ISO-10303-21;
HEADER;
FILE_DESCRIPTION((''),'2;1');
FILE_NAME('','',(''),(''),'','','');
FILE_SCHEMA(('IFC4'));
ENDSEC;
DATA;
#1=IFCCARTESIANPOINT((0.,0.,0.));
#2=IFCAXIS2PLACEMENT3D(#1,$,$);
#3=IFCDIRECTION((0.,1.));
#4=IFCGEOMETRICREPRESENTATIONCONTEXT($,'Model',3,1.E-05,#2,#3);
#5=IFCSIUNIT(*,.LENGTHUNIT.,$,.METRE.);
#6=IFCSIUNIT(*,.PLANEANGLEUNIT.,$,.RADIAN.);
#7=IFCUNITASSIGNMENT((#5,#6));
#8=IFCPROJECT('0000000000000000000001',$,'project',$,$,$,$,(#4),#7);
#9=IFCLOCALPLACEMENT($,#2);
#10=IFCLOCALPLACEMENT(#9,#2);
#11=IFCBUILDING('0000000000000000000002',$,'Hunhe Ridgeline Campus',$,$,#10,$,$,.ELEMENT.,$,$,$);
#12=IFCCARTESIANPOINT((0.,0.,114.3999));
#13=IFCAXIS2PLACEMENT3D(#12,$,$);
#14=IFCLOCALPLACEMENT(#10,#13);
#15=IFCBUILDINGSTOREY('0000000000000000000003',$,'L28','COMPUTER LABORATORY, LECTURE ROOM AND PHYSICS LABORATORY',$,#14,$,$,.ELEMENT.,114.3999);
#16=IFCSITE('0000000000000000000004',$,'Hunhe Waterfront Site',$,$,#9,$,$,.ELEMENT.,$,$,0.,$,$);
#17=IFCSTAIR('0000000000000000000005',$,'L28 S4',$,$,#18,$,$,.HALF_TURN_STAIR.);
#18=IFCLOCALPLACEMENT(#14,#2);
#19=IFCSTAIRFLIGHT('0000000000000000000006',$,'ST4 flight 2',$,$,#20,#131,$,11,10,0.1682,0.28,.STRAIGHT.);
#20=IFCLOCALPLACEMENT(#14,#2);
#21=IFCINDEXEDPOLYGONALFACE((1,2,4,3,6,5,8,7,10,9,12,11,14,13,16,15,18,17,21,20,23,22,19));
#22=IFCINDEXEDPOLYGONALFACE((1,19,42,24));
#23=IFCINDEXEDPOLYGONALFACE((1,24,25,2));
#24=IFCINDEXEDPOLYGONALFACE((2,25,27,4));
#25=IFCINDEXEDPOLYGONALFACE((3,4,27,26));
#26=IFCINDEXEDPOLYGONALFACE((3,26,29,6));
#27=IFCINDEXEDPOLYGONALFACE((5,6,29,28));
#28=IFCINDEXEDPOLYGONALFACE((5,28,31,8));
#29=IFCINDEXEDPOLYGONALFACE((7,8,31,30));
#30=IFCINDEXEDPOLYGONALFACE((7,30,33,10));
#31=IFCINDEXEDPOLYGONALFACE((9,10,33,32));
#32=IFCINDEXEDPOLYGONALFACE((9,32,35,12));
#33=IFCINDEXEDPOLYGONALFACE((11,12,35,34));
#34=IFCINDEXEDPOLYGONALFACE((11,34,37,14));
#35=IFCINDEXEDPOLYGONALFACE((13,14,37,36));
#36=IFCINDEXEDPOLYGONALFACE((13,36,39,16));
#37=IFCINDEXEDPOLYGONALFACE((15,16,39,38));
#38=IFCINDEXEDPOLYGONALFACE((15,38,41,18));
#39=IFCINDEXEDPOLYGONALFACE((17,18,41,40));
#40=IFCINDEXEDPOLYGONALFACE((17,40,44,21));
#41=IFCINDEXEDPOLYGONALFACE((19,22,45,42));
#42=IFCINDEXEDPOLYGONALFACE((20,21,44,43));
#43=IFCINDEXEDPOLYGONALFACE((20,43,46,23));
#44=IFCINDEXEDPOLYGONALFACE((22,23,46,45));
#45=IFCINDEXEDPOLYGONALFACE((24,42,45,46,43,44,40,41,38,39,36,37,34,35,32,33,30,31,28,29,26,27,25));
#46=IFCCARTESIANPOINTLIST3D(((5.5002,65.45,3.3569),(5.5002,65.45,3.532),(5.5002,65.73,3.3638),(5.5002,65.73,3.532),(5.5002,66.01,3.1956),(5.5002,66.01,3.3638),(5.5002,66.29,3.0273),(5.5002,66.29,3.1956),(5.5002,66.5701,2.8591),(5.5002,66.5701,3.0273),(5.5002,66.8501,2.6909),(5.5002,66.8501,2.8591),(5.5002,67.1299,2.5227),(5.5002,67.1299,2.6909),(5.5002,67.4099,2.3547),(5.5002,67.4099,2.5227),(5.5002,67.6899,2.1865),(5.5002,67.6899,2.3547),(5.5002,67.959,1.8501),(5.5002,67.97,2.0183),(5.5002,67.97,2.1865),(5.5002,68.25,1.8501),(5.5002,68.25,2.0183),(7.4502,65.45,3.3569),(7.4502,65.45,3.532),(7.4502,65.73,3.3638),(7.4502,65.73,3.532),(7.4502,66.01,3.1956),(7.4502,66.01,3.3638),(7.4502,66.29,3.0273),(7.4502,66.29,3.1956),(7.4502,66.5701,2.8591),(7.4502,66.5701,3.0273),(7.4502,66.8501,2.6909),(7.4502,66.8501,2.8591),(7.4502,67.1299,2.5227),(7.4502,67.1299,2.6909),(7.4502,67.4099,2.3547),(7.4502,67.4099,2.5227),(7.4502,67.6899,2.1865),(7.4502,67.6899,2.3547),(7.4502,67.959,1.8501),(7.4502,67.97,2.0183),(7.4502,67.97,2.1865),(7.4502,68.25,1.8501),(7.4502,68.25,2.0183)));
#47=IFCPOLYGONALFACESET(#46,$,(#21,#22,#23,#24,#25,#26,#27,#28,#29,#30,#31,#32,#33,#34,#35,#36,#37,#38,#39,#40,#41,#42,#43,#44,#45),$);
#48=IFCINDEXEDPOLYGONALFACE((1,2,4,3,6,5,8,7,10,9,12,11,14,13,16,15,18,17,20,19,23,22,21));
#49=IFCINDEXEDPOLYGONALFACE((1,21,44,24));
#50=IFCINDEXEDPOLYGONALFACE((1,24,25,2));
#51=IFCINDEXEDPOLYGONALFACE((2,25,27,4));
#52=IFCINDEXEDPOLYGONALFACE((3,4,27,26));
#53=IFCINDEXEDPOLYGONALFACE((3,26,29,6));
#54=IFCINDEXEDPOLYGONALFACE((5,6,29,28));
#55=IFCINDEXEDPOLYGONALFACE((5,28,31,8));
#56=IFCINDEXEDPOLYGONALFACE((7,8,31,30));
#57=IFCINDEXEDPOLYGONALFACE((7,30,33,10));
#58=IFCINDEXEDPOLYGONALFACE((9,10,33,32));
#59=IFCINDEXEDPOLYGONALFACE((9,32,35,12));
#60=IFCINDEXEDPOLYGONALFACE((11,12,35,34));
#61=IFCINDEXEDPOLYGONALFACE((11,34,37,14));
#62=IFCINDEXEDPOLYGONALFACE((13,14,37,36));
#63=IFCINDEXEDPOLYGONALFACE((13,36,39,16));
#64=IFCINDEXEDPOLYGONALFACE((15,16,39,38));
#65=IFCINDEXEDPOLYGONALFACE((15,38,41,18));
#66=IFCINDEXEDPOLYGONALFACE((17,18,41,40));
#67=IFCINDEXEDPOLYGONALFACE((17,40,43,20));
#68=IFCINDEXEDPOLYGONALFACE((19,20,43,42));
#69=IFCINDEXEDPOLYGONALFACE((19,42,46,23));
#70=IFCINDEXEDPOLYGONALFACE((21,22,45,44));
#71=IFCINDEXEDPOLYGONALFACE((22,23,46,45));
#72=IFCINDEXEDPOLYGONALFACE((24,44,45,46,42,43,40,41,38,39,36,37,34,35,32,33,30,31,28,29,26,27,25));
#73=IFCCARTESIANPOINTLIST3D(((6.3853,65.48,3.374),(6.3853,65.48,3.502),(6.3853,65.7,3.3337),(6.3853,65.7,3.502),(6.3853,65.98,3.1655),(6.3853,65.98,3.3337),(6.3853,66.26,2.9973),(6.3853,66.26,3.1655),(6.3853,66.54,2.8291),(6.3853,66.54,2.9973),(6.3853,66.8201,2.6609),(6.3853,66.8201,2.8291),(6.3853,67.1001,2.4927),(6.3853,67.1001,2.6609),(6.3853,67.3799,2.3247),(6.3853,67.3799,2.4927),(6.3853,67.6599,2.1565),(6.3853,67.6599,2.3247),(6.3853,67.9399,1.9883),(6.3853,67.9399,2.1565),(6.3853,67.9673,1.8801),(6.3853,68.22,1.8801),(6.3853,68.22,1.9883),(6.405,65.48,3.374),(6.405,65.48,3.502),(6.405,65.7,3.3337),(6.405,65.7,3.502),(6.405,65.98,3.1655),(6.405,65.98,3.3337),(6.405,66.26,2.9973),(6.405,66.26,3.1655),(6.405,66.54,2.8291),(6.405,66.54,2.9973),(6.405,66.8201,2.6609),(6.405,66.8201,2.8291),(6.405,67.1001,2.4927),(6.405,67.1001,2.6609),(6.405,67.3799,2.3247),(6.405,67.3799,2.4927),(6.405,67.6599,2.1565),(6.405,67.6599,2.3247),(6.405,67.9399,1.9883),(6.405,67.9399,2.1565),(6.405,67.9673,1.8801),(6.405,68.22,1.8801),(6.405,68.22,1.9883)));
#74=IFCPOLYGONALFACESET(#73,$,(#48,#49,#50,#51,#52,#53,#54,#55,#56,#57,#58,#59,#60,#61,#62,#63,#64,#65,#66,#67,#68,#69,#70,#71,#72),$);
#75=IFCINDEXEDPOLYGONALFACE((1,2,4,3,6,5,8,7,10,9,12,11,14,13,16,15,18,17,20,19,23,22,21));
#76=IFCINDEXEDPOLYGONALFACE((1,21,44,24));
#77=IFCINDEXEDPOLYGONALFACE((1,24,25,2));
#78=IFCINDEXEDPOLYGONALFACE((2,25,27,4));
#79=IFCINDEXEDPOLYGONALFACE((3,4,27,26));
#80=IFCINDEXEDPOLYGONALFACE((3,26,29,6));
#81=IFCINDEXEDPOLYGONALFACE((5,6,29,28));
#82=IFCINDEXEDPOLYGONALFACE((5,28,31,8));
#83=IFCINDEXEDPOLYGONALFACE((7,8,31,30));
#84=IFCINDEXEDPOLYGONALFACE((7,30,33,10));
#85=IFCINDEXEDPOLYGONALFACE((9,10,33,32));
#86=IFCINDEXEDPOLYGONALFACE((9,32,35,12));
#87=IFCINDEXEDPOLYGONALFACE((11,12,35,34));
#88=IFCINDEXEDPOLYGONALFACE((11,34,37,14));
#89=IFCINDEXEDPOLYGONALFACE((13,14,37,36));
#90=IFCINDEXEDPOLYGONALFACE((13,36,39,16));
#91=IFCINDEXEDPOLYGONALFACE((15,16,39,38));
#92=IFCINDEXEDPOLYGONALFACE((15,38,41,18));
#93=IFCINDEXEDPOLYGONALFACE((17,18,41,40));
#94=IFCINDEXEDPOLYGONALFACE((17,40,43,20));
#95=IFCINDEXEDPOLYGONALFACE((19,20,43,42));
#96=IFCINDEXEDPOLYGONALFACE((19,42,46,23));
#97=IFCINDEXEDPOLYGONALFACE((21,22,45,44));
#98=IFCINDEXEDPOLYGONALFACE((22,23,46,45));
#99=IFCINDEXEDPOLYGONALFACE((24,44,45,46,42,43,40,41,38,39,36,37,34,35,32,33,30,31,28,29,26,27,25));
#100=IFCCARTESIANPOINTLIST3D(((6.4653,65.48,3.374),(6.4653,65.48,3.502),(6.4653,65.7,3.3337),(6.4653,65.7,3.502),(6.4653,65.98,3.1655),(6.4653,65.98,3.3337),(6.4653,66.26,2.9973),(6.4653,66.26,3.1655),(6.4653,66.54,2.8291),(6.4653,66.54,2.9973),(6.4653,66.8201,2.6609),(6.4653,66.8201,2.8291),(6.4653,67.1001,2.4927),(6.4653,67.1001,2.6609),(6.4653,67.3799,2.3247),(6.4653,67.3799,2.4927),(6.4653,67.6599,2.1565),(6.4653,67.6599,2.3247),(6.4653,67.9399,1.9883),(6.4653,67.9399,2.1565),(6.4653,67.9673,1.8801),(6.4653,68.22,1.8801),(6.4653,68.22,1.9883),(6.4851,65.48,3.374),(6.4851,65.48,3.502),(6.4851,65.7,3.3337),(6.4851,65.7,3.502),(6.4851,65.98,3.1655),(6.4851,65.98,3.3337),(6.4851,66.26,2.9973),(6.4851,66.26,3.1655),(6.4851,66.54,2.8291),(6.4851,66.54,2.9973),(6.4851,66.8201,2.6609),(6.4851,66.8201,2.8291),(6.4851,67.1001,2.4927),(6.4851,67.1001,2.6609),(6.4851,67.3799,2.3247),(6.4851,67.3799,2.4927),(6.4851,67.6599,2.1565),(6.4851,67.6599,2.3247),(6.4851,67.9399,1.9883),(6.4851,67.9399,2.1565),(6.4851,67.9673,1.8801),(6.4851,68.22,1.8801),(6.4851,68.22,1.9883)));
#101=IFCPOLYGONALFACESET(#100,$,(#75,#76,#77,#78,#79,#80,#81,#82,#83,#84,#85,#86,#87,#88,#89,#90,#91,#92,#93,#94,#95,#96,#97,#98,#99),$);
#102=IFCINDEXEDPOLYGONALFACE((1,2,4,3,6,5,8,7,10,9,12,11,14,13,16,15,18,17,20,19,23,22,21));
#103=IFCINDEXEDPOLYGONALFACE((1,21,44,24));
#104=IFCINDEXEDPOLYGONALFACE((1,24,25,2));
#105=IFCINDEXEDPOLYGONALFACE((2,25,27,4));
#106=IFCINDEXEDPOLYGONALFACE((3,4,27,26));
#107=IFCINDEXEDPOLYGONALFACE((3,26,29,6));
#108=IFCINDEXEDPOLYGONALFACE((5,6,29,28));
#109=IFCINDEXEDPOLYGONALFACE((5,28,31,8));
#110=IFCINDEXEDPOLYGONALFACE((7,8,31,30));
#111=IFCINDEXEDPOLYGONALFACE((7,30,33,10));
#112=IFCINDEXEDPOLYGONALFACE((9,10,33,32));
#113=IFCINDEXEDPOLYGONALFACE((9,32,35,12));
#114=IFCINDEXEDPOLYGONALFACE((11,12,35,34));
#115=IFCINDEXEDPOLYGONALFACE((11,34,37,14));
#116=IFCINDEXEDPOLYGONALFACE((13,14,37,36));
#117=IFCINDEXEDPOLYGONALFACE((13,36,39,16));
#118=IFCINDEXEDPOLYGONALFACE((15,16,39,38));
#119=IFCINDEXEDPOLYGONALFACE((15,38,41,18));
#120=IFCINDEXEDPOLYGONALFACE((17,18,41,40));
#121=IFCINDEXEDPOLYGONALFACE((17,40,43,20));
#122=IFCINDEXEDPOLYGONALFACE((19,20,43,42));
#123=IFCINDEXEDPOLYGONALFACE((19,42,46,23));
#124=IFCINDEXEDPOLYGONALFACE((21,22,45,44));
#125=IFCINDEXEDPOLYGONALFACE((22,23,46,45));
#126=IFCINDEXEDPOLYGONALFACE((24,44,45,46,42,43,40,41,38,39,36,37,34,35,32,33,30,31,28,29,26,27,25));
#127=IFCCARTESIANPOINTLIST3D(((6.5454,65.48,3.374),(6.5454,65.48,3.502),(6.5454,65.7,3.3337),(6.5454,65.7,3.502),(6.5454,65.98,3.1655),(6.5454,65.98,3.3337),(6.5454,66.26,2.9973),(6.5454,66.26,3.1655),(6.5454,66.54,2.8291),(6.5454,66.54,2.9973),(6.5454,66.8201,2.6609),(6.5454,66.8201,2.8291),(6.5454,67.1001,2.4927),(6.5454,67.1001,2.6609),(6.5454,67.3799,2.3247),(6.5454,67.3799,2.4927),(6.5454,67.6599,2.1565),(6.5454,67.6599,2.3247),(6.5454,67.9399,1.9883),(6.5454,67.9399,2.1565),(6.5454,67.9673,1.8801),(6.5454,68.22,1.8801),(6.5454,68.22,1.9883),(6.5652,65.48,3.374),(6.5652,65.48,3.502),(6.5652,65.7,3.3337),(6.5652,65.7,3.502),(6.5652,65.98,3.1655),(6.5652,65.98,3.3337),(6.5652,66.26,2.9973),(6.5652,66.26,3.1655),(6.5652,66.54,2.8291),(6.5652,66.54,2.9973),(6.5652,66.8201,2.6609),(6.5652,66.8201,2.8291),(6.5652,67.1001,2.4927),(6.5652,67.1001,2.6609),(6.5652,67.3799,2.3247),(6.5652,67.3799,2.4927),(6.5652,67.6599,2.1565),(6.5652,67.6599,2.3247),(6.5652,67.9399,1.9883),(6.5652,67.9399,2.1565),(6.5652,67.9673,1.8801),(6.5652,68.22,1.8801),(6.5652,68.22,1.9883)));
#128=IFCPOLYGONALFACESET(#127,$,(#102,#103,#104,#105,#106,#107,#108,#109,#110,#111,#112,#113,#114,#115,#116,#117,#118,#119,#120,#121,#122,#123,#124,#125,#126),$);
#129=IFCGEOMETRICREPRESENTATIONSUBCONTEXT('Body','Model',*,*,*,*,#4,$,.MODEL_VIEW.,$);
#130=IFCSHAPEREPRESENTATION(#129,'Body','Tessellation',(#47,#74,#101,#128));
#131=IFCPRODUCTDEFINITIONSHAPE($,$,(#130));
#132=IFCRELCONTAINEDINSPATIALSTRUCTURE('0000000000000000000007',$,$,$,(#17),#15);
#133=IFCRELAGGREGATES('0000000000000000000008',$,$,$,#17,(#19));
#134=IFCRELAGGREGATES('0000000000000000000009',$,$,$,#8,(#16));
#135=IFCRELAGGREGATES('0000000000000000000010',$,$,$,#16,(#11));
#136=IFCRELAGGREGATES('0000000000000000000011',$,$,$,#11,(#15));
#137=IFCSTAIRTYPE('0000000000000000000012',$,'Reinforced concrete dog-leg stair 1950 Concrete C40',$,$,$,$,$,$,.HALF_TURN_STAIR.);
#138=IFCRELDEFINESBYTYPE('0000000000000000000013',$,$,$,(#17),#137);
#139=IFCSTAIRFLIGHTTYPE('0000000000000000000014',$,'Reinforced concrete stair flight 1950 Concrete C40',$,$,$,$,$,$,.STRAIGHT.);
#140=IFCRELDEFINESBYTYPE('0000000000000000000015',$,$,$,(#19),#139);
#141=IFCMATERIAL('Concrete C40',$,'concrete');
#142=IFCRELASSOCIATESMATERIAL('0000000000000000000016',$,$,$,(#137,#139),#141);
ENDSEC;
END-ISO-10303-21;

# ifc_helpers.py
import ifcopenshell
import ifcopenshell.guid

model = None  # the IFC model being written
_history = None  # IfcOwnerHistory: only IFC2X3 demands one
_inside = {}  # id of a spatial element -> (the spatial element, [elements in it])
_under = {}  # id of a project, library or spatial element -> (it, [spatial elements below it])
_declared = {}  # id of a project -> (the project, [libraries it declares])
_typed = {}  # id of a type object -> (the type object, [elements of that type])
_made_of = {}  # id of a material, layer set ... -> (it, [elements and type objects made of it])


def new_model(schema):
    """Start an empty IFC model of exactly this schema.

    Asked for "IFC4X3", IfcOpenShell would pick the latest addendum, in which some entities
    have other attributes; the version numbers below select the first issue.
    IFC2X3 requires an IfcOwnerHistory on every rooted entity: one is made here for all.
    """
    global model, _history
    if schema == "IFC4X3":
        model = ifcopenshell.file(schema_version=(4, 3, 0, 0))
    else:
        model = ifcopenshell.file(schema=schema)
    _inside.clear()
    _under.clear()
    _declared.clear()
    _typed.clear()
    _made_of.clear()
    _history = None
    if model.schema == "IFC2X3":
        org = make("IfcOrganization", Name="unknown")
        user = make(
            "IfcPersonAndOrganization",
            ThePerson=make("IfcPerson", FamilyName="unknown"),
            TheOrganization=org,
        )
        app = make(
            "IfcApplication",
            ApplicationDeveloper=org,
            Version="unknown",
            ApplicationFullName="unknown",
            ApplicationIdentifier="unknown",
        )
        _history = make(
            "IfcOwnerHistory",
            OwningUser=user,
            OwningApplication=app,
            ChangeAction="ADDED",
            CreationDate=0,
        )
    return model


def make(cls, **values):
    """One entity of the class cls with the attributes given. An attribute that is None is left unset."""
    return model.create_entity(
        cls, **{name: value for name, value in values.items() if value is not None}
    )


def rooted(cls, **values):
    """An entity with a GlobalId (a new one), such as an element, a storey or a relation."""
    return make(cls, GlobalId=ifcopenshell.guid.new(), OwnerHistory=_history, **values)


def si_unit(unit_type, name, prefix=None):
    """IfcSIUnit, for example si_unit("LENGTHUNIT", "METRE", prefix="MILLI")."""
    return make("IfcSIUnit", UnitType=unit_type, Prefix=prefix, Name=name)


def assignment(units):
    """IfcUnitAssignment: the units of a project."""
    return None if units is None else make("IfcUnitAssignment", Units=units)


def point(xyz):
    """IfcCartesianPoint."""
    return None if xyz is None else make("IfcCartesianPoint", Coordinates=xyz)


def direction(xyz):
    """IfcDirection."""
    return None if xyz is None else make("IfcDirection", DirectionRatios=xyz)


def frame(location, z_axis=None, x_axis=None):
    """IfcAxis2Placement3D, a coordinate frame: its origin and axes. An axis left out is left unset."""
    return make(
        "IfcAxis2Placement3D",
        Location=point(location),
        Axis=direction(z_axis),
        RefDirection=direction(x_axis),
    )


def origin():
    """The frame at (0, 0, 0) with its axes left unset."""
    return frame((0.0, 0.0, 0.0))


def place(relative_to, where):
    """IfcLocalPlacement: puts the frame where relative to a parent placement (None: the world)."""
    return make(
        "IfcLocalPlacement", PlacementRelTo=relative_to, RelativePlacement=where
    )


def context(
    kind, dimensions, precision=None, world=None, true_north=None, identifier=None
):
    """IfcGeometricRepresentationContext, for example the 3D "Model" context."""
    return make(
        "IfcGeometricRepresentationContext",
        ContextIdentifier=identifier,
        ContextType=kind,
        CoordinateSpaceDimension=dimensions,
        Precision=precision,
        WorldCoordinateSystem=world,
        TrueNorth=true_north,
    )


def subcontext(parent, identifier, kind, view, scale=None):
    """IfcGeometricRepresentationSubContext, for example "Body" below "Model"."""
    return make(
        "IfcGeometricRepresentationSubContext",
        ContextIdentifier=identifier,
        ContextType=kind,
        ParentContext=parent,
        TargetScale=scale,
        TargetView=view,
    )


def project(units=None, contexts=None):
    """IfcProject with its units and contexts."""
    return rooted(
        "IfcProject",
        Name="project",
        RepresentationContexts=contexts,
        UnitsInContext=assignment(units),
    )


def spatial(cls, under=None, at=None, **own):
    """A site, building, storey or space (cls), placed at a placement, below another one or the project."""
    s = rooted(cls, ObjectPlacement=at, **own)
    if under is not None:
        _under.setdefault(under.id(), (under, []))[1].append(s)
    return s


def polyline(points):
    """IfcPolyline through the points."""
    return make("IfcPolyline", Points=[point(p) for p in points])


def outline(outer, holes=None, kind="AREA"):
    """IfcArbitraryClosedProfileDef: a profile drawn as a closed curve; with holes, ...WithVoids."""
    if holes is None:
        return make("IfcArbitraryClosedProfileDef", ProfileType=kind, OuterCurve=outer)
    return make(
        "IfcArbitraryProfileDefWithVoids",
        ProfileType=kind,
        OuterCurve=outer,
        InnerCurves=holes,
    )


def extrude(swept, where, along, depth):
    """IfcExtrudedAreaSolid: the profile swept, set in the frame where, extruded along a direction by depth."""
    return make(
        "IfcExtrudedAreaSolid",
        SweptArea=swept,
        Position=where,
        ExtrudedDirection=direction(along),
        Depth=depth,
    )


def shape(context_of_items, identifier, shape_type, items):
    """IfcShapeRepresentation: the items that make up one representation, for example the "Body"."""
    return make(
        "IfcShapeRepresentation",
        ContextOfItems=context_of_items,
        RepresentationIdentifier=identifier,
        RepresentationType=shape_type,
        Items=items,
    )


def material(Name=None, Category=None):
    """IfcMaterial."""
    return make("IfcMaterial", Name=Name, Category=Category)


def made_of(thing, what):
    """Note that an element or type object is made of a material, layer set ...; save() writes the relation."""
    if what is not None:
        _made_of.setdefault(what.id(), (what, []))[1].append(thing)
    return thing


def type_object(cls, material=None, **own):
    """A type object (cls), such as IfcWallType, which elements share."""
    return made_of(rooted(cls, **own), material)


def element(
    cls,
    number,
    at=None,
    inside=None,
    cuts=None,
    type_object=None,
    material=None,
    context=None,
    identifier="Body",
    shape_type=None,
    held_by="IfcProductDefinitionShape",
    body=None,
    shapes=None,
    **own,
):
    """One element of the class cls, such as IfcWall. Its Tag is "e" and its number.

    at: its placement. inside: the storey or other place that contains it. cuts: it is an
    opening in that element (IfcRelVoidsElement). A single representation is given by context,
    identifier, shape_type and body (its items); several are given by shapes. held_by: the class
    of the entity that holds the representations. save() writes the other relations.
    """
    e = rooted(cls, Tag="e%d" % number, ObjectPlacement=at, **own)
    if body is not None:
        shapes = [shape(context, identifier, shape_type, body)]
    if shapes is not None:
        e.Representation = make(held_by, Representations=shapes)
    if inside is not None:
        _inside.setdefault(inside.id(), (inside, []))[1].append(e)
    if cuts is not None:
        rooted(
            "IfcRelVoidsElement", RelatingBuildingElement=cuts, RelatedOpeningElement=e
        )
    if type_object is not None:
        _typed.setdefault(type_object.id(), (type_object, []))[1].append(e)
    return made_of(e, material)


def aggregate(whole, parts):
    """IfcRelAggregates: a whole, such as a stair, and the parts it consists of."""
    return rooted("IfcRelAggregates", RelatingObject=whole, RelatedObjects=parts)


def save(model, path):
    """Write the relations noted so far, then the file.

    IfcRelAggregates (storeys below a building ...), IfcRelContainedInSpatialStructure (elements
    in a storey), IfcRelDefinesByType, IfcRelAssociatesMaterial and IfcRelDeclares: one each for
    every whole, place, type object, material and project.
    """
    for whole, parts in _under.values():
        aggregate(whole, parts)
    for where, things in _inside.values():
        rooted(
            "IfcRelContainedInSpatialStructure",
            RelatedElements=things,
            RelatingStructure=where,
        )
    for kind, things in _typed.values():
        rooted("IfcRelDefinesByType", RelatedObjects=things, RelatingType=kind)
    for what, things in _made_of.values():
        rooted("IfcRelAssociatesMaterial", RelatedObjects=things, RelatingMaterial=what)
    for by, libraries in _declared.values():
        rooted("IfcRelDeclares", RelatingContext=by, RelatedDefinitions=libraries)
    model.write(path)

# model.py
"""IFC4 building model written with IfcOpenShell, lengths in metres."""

from ifc_helpers import new_model, si_unit, direction, frame, origin, place, context, subcontext, project, spatial, polyline, outline, extrude, material, type_object, element, aggregate, save


model = new_model("IFC4")

# Units and contexts
model_context = context("Model", 3, precision=1e-05, world=origin(), true_north=direction((0.0, 1.0)))
body_context = subcontext(model_context, "Body", "Model", "MODEL_VIEW")
ifc_project = project(units=[si_unit("LENGTHUNIT", "METRE"), si_unit("PLANEANGLEUNIT", "RADIAN")], contexts=[model_context])

# Site, building, storey
site_placement = place(None, origin())
site = spatial("IfcSite", under=ifc_project, at=site_placement, Name="Hunhe Waterfront Site", CompositionType="ELEMENT", RefElevation=0.0)
building_placement = place(site_placement, origin())
building = spatial("IfcBuilding", under=site, at=building_placement, Name="Hunhe Ridgeline Campus", CompositionType="ELEMENT")
storey_placement = place(building_placement, frame((0.0, 0.0, 114.3999)))
storey = spatial("IfcBuildingStorey", under=building, at=storey_placement, Name="L28", Description="COMPUTER LABORATORY, LECTURE ROOM AND PHYSICS LABORATORY", CompositionType="ELEMENT", Elevation=114.3999)

# Shared definitions
ifc_material_1 = material(Name="Concrete C40", Category="concrete")
stair_type = type_object("IfcStairType", Name="Reinforced concrete dog-leg stair 1950 Concrete C40", PredefinedType="HALF_TURN_STAIR", material=ifc_material_1)
stair_flight_type = type_object("IfcStairFlightType", Name="Reinforced concrete stair flight 1950 Concrete C40", PredefinedType="STRAIGHT", material=ifc_material_1)

# Stair, stair flight
stair_1_placement = place(storey_placement, origin())
stair_1 = element("IfcStair", 1, at=stair_1_placement, inside=storey, type_object=stair_type, Name="L28 S4", PredefinedType="HALF_TURN_STAIR")
stair_flight_1_placement = place(storey_placement, frame((6.4751, 68.25, 1.8501), z_axis=(0.0, 0.0, 1.0), x_axis=(0.0, -1.0, 0.0)))
stair_flight_1 = element("IfcStairFlight", 2, at=stair_flight_1_placement, type_object=stair_flight_type, Name="ST4 flight 2", NumberOfRisers=11, NumberOfTreads=10, PredefinedType="STRAIGHT", RiserHeight=0.1682, TreadLength=0.28, context=body_context, shape_type="SweptSolid", body=[
    extrude(outline(polyline([(0.0, 0.0), (0.0, 0.1682), (0.28, 0.1682), (0.28, 0.3364), (0.5601, 0.3364), (0.5601, 0.5046), (0.8401, 0.5046), (0.8401, 0.6726), (1.1201, 0.6726), (1.1201, 0.8408), (1.3999, 0.8408), (1.3999, 1.009), (1.6799, 1.009), (1.6799, 1.1772), (1.96, 1.1772), (1.96, 1.3455), (2.24, 1.3455), (2.24, 1.5137), (2.52, 1.5137), (2.52, 1.6819), (2.8, 1.6819), (2.8, 1.8501), (2.8, 1.5068), (0.291, 0.0), (0.0, 0.0)])), frame((0.0, 0.9751, 0.0), z_axis=(0.0, -1.0, 0.0), x_axis=(1.0, 0.0, 0.0)), (0.0, 0.0, 1.0), 1.95),
    extrude(outline(polyline([(0.03, 0.03), (0.03, 0.1382), (0.3101, 0.1382), (0.3101, 0.3064), (0.5901, 0.3064), (0.5901, 0.4746), (0.8701, 0.4746), (0.8701, 0.6426), (1.1499, 0.6426), (1.1499, 0.8108), (1.4299, 0.8108), (1.4299, 0.979), (1.71, 0.979), (1.71, 1.1472), (1.99, 1.1472), (1.99, 1.3154), (2.27, 1.3154), (2.27, 1.4836), (2.55, 1.4836), (2.55, 1.6519), (2.77, 1.6519), (2.77, 1.5239), (0.2827, 0.03), (0.03, 0.03)])), frame((0.0, -0.0701, 0.0), z_axis=(0.0, -1.0, 0.0), x_axis=(1.0, 0.0, 0.0)), (0.0, 0.0, 1.0), 0.0198),
    extrude(outline(polyline([(0.03, 0.03), (0.03, 0.1382), (0.3101, 0.1382), (0.3101, 0.3064), (0.5901, 0.3064), (0.5901, 0.4746), (0.8701, 0.4746), (0.8701, 0.6426), (1.1499, 0.6426), (1.1499, 0.8108), (1.4299, 0.8108), (1.4299, 0.979), (1.71, 0.979), (1.71, 1.1472), (1.99, 1.1472), (1.99, 1.3154), (2.27, 1.3154), (2.27, 1.4836), (2.55, 1.4836), (2.55, 1.6519), (2.77, 1.6519), (2.77, 1.5239), (0.2827, 0.03), (0.03, 0.03)])), frame((0.0, 0.01, 0.0), z_axis=(0.0, -1.0, 0.0), x_axis=(1.0, 0.0, 0.0)), (0.0, 0.0, 1.0), 0.0198),
    extrude(outline(polyline([(0.03, 0.03), (0.03, 0.1382), (0.3101, 0.1382), (0.3101, 0.3064), (0.5901, 0.3064), (0.5901, 0.4746), (0.8701, 0.4746), (0.8701, 0.6426), (1.1499, 0.6426), (1.1499, 0.8108), (1.4299, 0.8108), (1.4299, 0.979), (1.71, 0.979), (1.71, 1.1472), (1.99, 1.1472), (1.99, 1.3154), (2.27, 1.3154), (2.27, 1.4836), (2.55, 1.4836), (2.55, 1.6519), (2.77, 1.6519), (2.77, 1.5239), (0.2827, 0.03), (0.03, 0.03)])), frame((0.0, 0.0901, 0.0), z_axis=(0.0, -1.0, 0.0), x_axis=(1.0, 0.0, 0.0)), (0.0, 0.0, 1.0), 0.0198),
])
aggregate(stair_1, [stair_flight_1])

save(model, "model.ifc")
